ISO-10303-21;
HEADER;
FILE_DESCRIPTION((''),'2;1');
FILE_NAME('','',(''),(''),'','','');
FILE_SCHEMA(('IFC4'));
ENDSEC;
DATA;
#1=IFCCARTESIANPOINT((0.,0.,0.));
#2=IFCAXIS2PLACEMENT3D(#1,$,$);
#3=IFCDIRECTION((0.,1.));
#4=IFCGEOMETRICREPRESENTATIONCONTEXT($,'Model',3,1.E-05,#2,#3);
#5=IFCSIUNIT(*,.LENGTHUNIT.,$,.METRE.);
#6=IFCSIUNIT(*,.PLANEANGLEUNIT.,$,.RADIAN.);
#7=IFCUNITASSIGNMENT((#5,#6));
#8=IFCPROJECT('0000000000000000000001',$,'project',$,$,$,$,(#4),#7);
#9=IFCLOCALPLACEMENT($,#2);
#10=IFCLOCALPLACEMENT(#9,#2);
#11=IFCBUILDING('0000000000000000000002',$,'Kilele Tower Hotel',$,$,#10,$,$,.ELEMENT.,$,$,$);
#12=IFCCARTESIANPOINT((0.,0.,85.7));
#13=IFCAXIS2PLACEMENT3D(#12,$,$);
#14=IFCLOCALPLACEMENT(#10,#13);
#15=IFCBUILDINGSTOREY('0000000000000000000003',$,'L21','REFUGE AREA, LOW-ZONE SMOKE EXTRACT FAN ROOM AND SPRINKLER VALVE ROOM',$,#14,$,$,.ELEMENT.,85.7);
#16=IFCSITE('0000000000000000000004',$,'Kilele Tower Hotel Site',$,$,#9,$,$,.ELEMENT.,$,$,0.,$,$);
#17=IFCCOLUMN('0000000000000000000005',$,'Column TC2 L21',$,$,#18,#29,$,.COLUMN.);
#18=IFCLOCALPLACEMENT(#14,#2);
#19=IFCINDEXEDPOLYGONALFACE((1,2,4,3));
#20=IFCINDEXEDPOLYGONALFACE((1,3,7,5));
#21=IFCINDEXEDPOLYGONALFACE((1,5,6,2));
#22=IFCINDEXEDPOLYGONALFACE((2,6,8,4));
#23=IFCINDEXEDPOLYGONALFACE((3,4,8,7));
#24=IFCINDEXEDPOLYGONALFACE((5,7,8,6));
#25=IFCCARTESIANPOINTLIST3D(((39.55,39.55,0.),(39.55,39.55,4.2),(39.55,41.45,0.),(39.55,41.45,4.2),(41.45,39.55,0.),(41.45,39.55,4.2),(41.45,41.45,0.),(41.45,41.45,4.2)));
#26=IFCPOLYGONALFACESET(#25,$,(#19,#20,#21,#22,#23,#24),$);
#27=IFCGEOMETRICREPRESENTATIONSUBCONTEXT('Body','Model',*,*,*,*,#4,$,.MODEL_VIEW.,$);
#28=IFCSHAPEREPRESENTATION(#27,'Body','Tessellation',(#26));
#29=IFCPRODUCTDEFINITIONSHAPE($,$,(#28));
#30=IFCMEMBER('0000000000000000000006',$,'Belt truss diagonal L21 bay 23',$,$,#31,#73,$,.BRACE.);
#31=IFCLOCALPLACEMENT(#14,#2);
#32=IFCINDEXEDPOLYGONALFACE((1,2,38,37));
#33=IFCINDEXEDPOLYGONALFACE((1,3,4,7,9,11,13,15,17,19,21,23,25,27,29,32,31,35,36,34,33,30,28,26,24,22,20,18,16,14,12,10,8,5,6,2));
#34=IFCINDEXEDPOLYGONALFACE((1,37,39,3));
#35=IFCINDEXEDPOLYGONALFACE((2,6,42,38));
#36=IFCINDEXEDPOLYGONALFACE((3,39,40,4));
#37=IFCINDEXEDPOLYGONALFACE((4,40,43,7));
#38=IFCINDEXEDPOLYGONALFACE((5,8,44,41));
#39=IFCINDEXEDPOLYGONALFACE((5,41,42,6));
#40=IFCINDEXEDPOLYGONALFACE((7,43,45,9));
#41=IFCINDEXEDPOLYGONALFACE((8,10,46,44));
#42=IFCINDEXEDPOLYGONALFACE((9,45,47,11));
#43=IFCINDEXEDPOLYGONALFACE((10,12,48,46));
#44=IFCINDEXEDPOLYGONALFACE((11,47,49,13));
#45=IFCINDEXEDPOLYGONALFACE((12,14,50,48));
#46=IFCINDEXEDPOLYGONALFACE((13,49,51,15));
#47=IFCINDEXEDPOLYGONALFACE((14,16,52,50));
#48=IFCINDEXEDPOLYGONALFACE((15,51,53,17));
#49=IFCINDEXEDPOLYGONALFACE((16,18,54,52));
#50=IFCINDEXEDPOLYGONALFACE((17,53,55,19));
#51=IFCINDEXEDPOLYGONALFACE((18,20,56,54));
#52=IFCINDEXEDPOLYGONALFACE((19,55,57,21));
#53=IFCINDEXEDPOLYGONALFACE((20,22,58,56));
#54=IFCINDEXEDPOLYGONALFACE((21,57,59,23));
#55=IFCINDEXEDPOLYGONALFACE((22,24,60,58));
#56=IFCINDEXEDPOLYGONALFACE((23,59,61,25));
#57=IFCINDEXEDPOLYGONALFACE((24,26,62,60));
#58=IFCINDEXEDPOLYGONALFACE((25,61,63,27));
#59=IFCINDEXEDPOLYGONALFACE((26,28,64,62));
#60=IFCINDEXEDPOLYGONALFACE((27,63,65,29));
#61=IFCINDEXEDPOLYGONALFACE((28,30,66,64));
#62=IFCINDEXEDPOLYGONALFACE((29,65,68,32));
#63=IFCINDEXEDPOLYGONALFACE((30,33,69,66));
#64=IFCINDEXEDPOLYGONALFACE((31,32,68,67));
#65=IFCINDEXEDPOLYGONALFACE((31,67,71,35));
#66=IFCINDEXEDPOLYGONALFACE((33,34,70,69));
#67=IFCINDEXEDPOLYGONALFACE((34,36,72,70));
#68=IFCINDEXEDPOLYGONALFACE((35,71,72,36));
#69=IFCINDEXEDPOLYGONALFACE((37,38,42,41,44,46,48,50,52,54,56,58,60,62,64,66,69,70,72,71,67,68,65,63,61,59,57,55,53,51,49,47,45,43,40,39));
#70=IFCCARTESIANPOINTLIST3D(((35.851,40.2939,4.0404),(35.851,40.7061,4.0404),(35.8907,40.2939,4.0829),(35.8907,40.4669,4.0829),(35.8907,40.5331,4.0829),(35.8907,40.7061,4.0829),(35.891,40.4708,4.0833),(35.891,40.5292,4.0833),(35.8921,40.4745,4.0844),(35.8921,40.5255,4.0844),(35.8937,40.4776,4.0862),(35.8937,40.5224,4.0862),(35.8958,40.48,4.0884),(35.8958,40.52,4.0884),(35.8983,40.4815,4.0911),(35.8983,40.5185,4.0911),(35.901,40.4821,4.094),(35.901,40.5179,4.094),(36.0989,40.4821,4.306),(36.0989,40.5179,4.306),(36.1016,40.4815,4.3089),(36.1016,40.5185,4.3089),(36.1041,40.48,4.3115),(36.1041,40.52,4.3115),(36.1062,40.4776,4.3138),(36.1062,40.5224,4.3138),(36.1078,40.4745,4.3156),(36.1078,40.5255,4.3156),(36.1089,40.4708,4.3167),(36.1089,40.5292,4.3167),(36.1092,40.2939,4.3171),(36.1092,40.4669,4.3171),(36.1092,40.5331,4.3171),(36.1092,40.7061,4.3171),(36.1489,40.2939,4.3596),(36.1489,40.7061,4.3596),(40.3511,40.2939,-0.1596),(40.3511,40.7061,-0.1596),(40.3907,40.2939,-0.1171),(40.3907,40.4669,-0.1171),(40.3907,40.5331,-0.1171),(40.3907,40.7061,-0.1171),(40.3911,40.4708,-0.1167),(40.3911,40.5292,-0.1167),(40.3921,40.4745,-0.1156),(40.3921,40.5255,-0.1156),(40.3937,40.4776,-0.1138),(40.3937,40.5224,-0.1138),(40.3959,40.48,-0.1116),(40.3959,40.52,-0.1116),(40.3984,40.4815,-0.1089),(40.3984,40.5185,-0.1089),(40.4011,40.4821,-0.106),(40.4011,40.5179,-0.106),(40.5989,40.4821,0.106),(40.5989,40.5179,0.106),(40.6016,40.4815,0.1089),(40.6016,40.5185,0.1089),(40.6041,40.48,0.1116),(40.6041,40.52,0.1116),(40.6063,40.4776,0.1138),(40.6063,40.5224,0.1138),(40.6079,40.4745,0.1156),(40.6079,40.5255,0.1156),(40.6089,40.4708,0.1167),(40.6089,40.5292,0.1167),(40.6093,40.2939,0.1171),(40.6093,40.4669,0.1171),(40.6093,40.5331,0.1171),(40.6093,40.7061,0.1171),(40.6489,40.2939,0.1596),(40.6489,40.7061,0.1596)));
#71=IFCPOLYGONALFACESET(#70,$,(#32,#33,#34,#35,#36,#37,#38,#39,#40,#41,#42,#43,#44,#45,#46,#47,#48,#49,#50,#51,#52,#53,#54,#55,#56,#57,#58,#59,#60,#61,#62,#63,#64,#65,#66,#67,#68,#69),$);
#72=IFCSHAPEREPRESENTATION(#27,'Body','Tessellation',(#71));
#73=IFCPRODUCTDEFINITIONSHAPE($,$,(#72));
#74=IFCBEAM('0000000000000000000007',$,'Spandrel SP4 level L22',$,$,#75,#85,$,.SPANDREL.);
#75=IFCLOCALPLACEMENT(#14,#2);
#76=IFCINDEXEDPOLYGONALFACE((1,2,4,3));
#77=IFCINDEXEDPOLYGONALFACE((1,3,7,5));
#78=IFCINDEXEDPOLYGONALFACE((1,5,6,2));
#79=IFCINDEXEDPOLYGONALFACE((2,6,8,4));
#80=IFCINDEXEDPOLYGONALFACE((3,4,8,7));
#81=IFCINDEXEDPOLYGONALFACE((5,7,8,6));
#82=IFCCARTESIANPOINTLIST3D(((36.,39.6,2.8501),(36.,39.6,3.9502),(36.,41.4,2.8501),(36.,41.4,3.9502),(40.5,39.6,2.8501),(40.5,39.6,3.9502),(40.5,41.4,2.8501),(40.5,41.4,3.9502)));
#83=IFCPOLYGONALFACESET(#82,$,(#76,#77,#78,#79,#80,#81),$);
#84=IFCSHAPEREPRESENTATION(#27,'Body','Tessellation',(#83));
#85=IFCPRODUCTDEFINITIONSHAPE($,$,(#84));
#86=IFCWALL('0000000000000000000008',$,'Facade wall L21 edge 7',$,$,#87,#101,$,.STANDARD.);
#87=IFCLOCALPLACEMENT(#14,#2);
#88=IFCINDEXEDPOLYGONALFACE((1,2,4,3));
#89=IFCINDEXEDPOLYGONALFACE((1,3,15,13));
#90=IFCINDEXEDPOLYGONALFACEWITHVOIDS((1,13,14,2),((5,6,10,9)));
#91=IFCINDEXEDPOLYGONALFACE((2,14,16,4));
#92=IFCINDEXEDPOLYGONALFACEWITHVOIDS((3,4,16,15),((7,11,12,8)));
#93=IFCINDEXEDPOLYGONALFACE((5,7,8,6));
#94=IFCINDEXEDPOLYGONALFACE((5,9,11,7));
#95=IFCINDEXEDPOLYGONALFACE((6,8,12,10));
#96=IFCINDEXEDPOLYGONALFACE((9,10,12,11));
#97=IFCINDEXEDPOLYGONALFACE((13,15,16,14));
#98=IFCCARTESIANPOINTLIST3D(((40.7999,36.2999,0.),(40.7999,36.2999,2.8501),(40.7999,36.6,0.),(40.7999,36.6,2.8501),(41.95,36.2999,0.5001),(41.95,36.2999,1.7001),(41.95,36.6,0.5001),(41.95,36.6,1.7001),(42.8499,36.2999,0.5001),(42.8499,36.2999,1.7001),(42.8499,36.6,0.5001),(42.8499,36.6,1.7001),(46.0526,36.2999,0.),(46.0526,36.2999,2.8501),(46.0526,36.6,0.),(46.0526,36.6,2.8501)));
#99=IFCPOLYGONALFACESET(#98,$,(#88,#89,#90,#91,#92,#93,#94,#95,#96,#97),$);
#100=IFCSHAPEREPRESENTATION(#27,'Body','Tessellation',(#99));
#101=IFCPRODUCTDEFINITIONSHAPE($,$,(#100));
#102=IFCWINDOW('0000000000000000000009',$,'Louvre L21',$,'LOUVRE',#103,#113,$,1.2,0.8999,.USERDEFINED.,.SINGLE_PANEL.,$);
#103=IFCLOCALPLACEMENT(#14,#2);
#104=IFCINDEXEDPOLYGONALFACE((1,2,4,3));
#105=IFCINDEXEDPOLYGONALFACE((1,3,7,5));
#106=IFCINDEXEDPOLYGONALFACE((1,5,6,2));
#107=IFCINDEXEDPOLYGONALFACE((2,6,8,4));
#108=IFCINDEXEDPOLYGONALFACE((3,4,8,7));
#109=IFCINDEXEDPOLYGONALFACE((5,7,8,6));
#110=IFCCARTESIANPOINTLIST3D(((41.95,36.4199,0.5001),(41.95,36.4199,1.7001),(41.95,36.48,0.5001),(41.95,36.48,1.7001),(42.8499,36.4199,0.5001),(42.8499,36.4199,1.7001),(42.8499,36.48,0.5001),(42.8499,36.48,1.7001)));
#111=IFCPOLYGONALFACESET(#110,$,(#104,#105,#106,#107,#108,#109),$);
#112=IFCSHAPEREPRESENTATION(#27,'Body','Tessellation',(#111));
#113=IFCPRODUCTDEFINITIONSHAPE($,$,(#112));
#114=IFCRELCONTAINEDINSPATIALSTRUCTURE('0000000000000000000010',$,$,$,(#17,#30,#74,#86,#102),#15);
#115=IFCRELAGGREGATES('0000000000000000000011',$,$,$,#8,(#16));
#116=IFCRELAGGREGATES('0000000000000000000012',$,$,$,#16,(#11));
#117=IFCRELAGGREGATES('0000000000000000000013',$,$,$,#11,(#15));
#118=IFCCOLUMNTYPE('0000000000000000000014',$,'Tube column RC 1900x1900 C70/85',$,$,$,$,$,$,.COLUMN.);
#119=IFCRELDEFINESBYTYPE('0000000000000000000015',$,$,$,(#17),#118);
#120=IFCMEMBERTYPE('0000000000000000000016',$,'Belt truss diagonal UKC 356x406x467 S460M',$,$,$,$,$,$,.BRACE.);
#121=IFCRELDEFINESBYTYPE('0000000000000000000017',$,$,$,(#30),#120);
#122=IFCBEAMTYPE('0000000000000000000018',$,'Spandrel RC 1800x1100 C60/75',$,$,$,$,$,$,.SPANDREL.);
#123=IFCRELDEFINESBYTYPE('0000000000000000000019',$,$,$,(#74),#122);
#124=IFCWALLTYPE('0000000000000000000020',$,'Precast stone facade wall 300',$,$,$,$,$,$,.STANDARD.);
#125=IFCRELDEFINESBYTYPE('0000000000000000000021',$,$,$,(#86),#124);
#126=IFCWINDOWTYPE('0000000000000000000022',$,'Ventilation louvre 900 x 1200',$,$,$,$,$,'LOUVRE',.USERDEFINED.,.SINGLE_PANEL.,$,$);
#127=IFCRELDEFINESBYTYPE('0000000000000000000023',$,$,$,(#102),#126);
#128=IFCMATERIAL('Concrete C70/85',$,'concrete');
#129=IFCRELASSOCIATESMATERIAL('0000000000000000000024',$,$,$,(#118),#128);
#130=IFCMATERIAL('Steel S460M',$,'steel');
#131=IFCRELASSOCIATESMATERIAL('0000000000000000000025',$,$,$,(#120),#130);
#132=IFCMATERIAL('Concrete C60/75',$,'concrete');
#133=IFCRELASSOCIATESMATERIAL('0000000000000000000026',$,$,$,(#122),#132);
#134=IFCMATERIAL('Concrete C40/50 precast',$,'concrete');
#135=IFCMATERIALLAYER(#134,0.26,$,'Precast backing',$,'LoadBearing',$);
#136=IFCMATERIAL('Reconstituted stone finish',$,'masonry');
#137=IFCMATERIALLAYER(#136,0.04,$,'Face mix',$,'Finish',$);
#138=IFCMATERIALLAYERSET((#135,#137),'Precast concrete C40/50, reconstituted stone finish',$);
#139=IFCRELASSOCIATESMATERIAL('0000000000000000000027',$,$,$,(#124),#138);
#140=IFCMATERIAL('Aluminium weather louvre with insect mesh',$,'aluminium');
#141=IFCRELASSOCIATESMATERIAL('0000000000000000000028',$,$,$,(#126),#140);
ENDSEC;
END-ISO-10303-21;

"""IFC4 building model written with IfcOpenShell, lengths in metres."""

from ifc_helpers import new_model, si_unit, direction, frame, frame_2d, origin, origin_2d, place, context, subcontext, project, spatial, rectangle, i_section, extrude, material, layer, layer_set, material_profile, profile_set, type_object, element, fill, save


model = new_model("IFC4")

# Units and contexts
model_context = context("Model", 3, precision=1e-05, world=origin(), true_north=direction((0.0, 1.0)))
body_context = subcontext(model_context, "Body", "Model", "MODEL_VIEW")
ifc_project = project(units=[si_unit("LENGTHUNIT", "METRE"), si_unit("PLANEANGLEUNIT", "RADIAN")], contexts=[model_context])

# Site, building, storey
site_placement = place(None, origin())
site = spatial("IfcSite", under=ifc_project, at=site_placement, Name="Kilele Tower Hotel Site", CompositionType="ELEMENT", RefElevation=0.0)
building_placement = place(site_placement, origin())
building = spatial("IfcBuilding", under=site, at=building_placement, Name="Kilele Tower Hotel", CompositionType="ELEMENT")
storey_placement = place(building_placement, frame((0.0, 0.0, 85.7)))
storey = spatial("IfcBuildingStorey", under=building, at=storey_placement, Name="L21", Description="REFUGE AREA, LOW-ZONE SMOKE EXTRACT FAN ROOM AND SPRINKLER VALVE ROOM", CompositionType="ELEMENT", Elevation=85.7)

# Column
ifc_material_1 = material(Name="Concrete C70/85", Category="concrete")
ifc_material_profile_1 = material_profile(ifc_material_1, rectangle(XDim=1.8999, YDim=1.8999, at=origin_2d()))
ifc_profile_set_1 = profile_set([ifc_material_profile_1], Name="Concrete C70/85")
column_type = type_object("IfcColumnType", Name="Tube column RC 1900x1900 C70/85", PredefinedType="COLUMN", material=ifc_profile_set_1)
column_placement = place(storey_placement, frame((40.5, 40.5, 0.0), z_axis=(0.0, 0.0, 1.0), x_axis=(1.0, 0.0, 0.0)))
element("IfcColumn", 1, at=column_placement, inside=storey, type_object=column_type, Name="Column TC2 L21", PredefinedType="COLUMN", context=body_context, shape_type="SweptSolid", body=[
    extrude(rectangle(XDim=1.8999, YDim=1.8999, at=origin_2d()), origin(), (0.0, 0.0, 1.0), 4.2),
])

# Member
ifc_material_2 = material(Name="Steel S460M", Category="steel")
ifc_material_profile_2 = material_profile(ifc_material_2, i_section(OverallWidth=0.4121, OverallDepth=0.4365, WebThickness=0.0359, FlangeThickness=0.0581, FilletRadius=0.0151, at=origin_2d()))
ifc_profile_set_2 = profile_set([ifc_material_profile_2], Name="Steel S460M")
member_type = type_object("IfcMemberType", Name="Belt truss diagonal UKC 356x406x467 S460M", PredefinedType="BRACE", material=ifc_profile_set_2)
member_placement = place(storey_placement, frame((40.5, 40.5, 0.0), z_axis=(-0.731059, 0.0, 0.682314), x_axis=(0.0, -1.0, 0.0)))
element("IfcMember", 2, at=member_placement, inside=storey, type_object=member_type, Name="Belt truss diagonal L21 bay 23", PredefinedType="BRACE", context=body_context, shape_type="SweptSolid", body=[
    extrude(i_section(OverallWidth=0.4121, OverallDepth=0.4365, WebThickness=0.0359, FlangeThickness=0.0581, FilletRadius=0.0151, at=origin_2d()), origin(), (0.0, 0.0, 1.0), 6.1555),
])

# Beam
ifc_material_3 = material(Name="Concrete C60/75", Category="concrete")
ifc_material_profile_3 = material_profile(ifc_material_3, rectangle(XDim=1.8, YDim=1.1001, at=origin_2d()))
ifc_profile_set_3 = profile_set([ifc_material_profile_3], Name="Concrete C60/75")
beam_type = type_object("IfcBeamType", Name="Spandrel RC 1800x1100 C60/75", PredefinedType="SPANDREL", material=ifc_profile_set_3)
beam_placement = place(storey_placement, frame((40.5, 40.5, 3.4001), z_axis=(-1.0, 0.0, 0.0), x_axis=(0.0, -1.0, 0.0)))
element("IfcBeam", 3, at=beam_placement, inside=storey, type_object=beam_type, Name="Spandrel SP4 level L22", PredefinedType="SPANDREL", context=body_context, shape_type="SweptSolid", body=[
    extrude(rectangle(XDim=1.8, YDim=1.1001, at=origin_2d()), origin(), (0.0, 0.0, 1.0), 4.5),
])

# Wall, opening, window
ifc_material_4 = material(Name="Concrete C40/50 precast", Category="concrete")
ifc_layer_1 = layer(ifc_material_4, 0.26, Name="Precast backing", Category="LoadBearing")
ifc_material_5 = material(Name="Reconstituted stone finish", Category="masonry")
ifc_layer_2 = layer(ifc_material_5, 0.04, Name="Face mix", Category="Finish")
ifc_layer_set_1 = layer_set([ifc_layer_1, ifc_layer_2], Name="Precast concrete C40/50, reconstituted stone finish")
wall_type = type_object("IfcWallType", Name="Precast stone facade wall 300", PredefinedType="STANDARD", material=ifc_layer_set_1)
wall_1_placement = place(storey_placement, frame((46.0527, 36.45, 0.0), z_axis=(0.0, 0.0, 1.0), x_axis=(-1.0, 0.0, 0.0)))
wall_1 = element("IfcWall", 4, at=wall_1_placement, inside=storey, type_object=wall_type, Name="Facade wall L21 edge 7", PredefinedType="STANDARD", context=body_context, shape_type="SweptSolid", body=[
    extrude(rectangle(XDim=5.2527, YDim=0.3, at=frame_2d((2.6265, 0.0))), origin(), (0.0, 0.0, 1.0), 2.8501),
])
opening_1_placement = place(wall_1_placement, frame((3.2029, 0.0, 0.5)))
opening_1 = element("IfcOpeningElement", 5, at=opening_1_placement, cuts=wall_1, PredefinedType="OPENING", context=body_context, shape_type="SweptSolid", body=[
    extrude(rectangle(XDim=0.8999, YDim=1.2, at=frame_2d((0.45, 0.6001))), frame((0.0, 0.1599, 0.0), z_axis=(0.0, -1.0, 0.0), x_axis=(1.0, 0.0, 0.0)), (0.0, 0.0, 1.0), 0.3201),
])
ifc_material_6 = material(Name="Aluminium weather louvre with insect mesh", Category="aluminium")
window_type = type_object("IfcWindowType", Name="Ventilation louvre 900 x 1200", ElementType="LOUVRE", PartitioningType="SINGLE_PANEL", PredefinedType="USERDEFINED", material=ifc_material_6)
window_1_placement = place(opening_1_placement, origin())
window_1 = element("IfcWindow", 6, at=window_1_placement, inside=storey, type_object=window_type, Name="Louvre L21", ObjectType="LOUVRE", OverallHeight=1.2, OverallWidth=0.8999, PartitioningType="SINGLE_PANEL", PredefinedType="USERDEFINED", context=body_context, shape_type="SweptSolid", body=[
    extrude(rectangle(XDim=0.8999, YDim=1.2, at=frame_2d((0.45, 0.6001))), frame((0.0, 0.03, 0.0), z_axis=(0.0, -1.0, 0.0), x_axis=(1.0, 0.0, 0.0)), (0.0, 0.0, 1.0), 0.0601),
])
fill(opening_1, window_1)

save(model, "model.ifc")
